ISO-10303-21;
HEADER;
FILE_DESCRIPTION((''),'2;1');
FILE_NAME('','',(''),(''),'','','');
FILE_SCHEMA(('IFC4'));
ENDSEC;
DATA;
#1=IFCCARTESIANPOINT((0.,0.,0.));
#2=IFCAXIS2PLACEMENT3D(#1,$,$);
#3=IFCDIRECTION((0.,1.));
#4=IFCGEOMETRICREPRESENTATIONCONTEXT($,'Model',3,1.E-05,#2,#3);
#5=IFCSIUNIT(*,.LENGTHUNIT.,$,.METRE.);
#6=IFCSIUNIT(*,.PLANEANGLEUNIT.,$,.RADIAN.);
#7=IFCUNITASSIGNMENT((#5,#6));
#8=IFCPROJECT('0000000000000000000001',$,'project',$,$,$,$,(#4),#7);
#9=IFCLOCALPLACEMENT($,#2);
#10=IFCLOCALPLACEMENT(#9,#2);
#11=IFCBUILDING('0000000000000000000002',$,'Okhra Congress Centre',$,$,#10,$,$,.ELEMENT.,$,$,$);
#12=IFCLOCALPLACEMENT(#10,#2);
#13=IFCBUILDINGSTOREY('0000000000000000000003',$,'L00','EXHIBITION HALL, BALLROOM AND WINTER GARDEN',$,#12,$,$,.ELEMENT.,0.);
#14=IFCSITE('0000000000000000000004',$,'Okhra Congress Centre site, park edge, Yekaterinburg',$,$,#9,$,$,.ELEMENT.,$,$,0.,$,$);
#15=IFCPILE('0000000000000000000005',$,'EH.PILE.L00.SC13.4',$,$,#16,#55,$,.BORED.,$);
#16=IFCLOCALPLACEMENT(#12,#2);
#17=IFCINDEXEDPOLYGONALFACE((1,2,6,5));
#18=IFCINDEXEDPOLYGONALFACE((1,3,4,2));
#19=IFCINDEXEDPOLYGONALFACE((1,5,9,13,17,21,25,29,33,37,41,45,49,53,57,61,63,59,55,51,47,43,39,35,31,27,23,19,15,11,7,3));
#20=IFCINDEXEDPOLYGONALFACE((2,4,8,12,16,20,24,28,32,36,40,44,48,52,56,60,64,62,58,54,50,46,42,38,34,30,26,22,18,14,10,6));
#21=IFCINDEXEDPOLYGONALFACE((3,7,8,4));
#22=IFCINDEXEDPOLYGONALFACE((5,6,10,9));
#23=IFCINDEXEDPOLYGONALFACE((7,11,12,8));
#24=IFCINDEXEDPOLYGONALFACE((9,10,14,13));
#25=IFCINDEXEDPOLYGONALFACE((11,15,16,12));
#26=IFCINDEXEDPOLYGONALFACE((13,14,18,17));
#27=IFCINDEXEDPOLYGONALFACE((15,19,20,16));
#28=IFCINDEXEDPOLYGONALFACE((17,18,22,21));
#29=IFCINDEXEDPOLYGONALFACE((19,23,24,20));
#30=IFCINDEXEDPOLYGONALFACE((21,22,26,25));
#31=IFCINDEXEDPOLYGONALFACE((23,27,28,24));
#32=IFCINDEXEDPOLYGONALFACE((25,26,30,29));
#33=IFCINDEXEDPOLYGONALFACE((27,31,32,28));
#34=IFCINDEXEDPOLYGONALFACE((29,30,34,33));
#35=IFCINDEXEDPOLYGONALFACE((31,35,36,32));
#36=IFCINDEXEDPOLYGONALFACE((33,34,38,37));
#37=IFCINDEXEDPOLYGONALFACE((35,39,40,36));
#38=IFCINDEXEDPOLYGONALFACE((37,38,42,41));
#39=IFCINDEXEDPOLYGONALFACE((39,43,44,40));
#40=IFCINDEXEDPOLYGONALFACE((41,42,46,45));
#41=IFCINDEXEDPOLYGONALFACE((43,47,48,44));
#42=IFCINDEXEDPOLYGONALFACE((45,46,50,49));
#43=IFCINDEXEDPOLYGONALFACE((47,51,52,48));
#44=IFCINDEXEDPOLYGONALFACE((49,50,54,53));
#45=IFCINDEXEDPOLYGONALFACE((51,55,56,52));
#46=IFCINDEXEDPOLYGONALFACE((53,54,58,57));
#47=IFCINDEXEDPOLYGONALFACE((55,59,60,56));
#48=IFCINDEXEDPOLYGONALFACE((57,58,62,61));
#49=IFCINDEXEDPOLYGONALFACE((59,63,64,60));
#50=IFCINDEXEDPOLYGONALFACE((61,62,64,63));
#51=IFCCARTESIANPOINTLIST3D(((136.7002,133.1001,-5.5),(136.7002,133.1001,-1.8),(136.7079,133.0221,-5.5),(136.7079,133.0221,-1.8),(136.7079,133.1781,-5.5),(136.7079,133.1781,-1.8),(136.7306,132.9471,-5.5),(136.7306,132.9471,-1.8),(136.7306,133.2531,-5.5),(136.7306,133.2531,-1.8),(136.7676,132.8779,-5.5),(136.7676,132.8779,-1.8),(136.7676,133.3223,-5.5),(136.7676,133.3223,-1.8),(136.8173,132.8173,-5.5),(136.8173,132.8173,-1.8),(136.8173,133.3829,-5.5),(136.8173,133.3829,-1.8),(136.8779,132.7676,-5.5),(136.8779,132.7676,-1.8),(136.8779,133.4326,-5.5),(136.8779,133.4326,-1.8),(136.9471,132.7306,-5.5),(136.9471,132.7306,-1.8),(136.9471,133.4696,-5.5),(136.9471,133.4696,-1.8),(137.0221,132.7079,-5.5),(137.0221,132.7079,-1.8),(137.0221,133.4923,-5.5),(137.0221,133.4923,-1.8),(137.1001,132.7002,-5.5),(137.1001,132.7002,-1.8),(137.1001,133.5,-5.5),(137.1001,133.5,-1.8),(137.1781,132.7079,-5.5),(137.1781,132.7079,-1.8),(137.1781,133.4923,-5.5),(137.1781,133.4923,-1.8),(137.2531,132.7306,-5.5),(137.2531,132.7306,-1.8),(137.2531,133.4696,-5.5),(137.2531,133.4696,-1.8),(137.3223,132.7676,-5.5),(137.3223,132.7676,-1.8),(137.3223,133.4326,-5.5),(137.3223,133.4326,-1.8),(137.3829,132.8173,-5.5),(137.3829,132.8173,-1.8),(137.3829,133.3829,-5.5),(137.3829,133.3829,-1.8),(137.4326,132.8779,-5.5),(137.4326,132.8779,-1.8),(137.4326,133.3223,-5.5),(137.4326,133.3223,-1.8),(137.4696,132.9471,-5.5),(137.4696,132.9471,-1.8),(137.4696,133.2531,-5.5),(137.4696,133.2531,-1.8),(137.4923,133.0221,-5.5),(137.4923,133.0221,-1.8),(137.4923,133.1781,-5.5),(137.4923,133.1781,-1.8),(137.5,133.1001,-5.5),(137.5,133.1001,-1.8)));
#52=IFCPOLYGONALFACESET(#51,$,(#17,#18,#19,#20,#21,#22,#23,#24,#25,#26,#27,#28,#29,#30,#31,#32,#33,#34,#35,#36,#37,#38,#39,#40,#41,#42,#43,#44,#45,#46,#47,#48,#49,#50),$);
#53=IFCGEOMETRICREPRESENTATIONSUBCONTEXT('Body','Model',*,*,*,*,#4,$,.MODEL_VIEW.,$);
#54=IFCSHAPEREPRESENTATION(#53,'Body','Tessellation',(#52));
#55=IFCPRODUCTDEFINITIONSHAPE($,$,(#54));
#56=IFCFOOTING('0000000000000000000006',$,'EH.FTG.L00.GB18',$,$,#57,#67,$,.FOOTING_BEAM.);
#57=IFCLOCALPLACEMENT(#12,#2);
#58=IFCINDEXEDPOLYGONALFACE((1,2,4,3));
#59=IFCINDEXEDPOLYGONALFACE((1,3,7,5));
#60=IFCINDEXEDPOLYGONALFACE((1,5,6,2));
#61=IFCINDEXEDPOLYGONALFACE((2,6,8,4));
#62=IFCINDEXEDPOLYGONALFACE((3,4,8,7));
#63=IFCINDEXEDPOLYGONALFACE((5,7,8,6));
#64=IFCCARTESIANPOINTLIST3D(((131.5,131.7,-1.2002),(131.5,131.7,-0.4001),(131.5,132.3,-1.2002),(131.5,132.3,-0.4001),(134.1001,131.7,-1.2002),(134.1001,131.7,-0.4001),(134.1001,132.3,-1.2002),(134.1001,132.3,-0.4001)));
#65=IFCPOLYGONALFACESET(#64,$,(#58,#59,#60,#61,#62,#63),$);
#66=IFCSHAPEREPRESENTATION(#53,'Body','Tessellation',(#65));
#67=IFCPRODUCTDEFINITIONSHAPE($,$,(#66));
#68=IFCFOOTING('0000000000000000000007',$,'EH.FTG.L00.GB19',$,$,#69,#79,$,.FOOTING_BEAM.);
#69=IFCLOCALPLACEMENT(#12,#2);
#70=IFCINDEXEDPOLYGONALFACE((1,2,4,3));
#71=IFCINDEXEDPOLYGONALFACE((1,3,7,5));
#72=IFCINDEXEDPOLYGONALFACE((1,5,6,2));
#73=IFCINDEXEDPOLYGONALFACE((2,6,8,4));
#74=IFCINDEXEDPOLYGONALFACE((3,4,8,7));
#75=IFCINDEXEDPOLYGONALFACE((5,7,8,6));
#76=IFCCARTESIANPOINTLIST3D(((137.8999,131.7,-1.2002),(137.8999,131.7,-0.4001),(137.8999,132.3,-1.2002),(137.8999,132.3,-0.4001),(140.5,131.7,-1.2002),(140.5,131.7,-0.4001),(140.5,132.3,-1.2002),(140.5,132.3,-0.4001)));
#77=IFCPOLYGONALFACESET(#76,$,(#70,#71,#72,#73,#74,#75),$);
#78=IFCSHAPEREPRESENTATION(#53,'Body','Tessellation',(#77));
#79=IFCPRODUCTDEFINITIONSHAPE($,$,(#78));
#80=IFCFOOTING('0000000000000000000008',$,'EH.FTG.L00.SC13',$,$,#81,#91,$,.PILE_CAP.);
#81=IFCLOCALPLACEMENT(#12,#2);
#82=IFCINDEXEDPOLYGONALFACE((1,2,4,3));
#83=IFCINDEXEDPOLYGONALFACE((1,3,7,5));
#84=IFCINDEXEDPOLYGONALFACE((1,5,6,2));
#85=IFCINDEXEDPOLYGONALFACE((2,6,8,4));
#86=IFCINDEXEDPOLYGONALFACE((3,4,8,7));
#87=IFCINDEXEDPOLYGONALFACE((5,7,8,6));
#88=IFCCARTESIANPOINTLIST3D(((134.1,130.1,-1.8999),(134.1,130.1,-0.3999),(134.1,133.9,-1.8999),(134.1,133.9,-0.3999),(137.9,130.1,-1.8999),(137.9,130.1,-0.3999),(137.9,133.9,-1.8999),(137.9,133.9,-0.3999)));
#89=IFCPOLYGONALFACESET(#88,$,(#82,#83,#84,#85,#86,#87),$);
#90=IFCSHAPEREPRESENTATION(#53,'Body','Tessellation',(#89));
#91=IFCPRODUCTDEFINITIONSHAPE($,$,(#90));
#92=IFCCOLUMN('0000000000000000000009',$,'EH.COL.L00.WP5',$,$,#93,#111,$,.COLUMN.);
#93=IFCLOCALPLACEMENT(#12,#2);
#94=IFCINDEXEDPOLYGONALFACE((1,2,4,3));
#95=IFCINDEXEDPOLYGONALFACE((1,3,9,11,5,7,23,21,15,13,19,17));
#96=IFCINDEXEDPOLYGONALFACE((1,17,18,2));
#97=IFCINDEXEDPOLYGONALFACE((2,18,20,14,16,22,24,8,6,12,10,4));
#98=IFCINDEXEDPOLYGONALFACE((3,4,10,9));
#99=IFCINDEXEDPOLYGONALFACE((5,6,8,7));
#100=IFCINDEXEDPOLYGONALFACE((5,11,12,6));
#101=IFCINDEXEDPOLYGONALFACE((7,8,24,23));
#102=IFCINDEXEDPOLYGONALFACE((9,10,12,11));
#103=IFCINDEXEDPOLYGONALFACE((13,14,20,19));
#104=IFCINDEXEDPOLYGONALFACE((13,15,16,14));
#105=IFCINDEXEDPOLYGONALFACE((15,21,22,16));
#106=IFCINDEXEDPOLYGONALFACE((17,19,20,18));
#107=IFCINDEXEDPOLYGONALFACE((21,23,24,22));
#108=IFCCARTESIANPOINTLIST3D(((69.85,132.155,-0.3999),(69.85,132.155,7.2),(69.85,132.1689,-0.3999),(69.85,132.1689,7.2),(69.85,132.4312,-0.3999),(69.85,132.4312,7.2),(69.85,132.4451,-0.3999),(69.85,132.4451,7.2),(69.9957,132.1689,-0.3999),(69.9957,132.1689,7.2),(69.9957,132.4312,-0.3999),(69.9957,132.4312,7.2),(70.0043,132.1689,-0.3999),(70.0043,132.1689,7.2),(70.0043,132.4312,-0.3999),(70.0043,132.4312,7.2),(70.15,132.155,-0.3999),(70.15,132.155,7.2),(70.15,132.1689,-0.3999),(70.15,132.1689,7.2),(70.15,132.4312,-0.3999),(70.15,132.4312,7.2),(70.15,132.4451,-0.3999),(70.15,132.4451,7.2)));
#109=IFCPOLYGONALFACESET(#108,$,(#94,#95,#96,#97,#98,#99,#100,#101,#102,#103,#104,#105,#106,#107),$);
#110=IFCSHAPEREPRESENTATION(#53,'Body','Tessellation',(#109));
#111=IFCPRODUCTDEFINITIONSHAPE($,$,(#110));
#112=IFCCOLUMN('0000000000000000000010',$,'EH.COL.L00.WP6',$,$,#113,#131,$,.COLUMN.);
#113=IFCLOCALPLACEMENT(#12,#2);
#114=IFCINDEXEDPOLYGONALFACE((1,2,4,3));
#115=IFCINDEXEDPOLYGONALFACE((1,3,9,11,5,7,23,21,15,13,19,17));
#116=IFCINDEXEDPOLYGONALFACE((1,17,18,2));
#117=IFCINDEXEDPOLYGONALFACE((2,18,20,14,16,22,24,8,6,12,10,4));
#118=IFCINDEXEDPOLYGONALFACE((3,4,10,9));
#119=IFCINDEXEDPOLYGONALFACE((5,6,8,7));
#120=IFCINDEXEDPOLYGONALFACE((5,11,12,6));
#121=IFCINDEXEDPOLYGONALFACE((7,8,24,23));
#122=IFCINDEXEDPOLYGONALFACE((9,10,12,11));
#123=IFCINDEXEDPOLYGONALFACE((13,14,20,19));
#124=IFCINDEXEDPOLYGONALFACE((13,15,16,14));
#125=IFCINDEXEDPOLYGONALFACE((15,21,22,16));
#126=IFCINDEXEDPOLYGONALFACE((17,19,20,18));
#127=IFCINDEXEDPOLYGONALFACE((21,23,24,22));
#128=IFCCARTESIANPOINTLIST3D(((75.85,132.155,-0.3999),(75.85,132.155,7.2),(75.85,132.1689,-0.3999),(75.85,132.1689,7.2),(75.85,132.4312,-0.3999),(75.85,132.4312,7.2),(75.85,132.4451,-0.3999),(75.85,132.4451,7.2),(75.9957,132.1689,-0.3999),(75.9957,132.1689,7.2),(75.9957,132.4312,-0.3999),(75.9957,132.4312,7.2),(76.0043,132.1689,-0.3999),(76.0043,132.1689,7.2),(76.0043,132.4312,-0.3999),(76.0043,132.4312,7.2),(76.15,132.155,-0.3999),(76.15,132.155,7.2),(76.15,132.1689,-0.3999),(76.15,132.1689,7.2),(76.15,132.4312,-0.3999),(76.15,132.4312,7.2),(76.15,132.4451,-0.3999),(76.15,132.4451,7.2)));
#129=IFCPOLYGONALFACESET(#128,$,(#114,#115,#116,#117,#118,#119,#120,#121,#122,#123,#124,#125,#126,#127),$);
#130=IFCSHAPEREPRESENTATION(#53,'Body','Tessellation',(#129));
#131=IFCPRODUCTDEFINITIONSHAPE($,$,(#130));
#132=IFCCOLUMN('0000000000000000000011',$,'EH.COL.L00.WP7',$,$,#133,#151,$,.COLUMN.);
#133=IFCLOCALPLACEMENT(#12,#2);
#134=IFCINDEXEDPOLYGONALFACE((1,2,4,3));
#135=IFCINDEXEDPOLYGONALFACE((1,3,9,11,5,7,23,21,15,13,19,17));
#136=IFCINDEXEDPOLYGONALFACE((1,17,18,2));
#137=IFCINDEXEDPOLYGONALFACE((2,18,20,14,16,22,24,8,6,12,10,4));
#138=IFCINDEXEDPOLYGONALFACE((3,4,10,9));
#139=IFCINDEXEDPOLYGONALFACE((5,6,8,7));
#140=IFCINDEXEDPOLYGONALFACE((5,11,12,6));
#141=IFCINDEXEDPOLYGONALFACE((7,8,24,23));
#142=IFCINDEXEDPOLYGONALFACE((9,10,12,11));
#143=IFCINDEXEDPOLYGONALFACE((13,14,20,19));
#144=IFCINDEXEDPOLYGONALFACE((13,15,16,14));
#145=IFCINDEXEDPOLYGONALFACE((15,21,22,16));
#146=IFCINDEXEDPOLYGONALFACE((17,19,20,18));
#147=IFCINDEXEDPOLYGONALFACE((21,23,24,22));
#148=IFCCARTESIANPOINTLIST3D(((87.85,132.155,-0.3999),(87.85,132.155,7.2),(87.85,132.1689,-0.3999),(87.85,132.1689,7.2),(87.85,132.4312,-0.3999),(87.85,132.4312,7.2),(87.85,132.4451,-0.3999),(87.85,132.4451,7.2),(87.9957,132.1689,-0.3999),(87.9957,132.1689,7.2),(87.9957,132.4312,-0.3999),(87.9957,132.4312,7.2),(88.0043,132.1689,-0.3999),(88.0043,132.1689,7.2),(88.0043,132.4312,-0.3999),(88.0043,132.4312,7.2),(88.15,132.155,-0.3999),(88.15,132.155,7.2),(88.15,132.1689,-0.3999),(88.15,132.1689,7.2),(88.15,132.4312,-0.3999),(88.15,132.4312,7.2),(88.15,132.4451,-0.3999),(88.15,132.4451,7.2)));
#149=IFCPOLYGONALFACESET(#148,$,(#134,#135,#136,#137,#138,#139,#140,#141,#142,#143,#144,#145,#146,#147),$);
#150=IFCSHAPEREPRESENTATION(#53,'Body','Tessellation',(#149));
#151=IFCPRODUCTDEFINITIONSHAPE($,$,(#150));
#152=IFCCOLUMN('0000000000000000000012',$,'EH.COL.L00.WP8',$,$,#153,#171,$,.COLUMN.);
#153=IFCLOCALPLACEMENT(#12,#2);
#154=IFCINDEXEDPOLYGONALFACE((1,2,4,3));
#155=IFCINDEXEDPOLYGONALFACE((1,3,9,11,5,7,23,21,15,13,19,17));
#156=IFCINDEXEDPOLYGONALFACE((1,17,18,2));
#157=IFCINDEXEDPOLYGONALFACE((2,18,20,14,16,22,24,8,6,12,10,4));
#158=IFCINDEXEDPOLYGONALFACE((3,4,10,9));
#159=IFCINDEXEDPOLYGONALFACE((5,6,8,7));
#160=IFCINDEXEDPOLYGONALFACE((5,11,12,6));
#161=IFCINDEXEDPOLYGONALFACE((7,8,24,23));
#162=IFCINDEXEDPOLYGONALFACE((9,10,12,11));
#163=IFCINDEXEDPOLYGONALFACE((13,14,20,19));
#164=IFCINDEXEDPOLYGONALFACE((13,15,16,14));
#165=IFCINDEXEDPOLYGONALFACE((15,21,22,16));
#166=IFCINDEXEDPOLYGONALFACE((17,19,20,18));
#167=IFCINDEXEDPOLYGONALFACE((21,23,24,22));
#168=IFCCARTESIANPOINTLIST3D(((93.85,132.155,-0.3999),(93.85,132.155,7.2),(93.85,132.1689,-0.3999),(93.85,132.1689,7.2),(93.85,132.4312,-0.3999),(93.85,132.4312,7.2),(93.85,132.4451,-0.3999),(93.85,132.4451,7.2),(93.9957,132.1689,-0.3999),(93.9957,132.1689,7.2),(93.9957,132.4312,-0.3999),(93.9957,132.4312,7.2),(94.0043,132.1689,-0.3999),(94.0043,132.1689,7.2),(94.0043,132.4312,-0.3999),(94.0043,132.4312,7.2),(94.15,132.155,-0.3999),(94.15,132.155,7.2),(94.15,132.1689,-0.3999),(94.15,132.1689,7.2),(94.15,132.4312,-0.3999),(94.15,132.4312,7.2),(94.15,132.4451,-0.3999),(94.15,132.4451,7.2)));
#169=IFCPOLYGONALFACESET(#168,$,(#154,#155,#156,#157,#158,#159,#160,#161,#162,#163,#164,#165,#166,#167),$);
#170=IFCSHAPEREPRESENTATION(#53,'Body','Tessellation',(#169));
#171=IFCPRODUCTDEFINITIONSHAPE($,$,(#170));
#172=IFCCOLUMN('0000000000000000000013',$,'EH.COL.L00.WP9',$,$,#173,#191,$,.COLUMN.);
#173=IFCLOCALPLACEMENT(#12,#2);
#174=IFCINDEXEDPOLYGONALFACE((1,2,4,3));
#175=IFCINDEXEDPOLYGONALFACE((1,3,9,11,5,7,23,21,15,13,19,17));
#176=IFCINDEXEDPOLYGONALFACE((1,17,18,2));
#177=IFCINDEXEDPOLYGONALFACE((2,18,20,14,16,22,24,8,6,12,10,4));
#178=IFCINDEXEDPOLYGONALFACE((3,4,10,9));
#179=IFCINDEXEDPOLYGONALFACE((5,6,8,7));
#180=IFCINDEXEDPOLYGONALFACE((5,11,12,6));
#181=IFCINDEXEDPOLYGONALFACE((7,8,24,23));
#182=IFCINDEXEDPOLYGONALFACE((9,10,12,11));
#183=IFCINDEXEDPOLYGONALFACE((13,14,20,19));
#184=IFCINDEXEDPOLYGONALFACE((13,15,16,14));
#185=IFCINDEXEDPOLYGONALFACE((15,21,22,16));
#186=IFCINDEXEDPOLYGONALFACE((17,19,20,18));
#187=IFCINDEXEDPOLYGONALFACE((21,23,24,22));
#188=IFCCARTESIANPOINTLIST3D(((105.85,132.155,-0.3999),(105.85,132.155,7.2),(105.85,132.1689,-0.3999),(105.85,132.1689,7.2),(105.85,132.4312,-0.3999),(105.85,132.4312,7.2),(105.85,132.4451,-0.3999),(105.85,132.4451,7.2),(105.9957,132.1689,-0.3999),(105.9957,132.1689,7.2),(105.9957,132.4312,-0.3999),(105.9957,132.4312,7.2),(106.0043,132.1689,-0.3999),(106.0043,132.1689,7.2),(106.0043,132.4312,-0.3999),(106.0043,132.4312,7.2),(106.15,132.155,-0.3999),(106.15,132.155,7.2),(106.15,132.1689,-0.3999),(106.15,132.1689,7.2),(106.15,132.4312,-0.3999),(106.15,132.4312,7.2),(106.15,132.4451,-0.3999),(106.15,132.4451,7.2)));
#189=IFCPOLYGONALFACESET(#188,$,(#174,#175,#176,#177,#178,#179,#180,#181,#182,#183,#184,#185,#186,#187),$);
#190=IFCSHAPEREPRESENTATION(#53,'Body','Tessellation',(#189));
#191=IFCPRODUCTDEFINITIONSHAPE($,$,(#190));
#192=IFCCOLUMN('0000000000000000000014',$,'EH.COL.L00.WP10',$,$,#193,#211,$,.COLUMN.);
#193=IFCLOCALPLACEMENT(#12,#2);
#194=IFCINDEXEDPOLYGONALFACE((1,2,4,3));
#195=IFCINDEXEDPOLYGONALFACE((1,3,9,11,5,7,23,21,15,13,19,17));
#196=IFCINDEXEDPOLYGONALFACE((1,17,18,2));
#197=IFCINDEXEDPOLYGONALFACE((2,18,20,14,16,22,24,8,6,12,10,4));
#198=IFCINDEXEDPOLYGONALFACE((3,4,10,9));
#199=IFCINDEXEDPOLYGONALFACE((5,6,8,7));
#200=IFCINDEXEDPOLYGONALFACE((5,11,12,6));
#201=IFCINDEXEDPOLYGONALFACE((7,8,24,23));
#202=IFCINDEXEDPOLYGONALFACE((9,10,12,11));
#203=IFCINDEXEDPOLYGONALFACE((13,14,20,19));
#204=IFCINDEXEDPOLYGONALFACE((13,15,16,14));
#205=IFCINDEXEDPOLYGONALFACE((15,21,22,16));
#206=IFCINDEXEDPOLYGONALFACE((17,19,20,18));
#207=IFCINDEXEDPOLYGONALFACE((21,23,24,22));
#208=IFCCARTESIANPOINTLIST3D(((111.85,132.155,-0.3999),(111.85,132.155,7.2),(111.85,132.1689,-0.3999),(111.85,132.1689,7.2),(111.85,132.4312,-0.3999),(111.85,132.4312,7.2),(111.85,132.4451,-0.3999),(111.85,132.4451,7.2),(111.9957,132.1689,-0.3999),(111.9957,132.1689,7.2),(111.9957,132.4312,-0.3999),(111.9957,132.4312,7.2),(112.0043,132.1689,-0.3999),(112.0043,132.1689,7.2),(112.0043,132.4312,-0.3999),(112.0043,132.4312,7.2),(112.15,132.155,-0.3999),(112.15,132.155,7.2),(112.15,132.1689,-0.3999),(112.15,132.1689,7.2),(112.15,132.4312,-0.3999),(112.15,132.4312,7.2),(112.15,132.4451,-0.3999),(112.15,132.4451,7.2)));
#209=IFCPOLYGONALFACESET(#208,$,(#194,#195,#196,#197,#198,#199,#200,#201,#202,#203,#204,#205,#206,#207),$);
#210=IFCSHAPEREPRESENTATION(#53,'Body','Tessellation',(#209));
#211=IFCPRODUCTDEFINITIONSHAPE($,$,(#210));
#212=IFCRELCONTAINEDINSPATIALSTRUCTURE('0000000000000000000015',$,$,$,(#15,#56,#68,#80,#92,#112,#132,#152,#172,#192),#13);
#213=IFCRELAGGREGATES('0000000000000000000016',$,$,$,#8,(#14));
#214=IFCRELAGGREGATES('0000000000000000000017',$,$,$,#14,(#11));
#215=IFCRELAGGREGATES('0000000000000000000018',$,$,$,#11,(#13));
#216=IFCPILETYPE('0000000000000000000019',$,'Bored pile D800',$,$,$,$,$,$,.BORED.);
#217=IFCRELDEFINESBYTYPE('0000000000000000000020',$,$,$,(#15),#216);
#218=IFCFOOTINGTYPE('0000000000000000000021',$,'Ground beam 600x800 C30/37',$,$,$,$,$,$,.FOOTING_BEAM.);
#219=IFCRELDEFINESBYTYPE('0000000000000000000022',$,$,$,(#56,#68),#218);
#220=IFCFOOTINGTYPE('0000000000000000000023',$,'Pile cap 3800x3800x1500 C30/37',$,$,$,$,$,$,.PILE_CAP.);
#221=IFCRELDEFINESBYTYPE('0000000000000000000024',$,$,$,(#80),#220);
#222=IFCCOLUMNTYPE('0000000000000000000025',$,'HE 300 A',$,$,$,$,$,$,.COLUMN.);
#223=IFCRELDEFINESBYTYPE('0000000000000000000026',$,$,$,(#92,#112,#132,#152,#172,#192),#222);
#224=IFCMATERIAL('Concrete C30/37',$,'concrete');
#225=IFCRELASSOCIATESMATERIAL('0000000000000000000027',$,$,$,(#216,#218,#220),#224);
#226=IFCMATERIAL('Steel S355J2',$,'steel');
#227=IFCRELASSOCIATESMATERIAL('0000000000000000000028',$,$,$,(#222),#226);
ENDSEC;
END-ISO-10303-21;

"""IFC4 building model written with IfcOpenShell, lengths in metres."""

from ifc_helpers import new_model, si_unit, direction, frame, origin, origin_2d, place, context, subcontext, project, spatial, rectangle, circle, i_section, extrude, material, material_profile, profile_set, type_object, element, save


model = new_model("IFC4")

# Units and contexts
model_context = context("Model", 3, precision=1e-05, world=origin(), true_north=direction((0.0, 1.0)))
body_context = subcontext(model_context, "Body", "Model", "MODEL_VIEW")
ifc_project = project(units=[si_unit("LENGTHUNIT", "METRE"), si_unit("PLANEANGLEUNIT", "RADIAN")], contexts=[model_context])

# Site, building, storey
site_placement = place(None, origin())
site = spatial("IfcSite", under=ifc_project, at=site_placement, Name="Okhra Congress Centre site, park edge, Yekaterinburg", CompositionType="ELEMENT", RefElevation=0.0)
building_placement = place(site_placement, origin())
building = spatial("IfcBuilding", under=site, at=building_placement, Name="Okhra Congress Centre", CompositionType="ELEMENT")
storey_placement = place(building_placement, origin())
storey = spatial("IfcBuildingStorey", under=building, at=storey_placement, Name="L00", Description="EXHIBITION HALL, BALLROOM AND WINTER GARDEN", CompositionType="ELEMENT", Elevation=0.0)

# Pile
ifc_material_1 = material(Name="Concrete C30/37", Category="concrete")
ifc_material_profile_1 = material_profile(ifc_material_1, circle(Radius=0.3999, at=origin_2d()), Name="D800")
ifc_profile_set_1 = profile_set([ifc_material_profile_1], Name="Concrete C30/37")
pile_type_1 = type_object("IfcPileType", Name="Bored pile D800", PredefinedType="BORED", material=ifc_profile_set_1)
for number, where, z_axis, x_axis, name in (
    (1, (137.1001, 133.1001, -1.8), (0.0, 0.0, -1.0), (1.0, 0.0, 0.0), "EH.PILE.L00.SC13.4"),
):
    element("IfcPile", number, at=place(storey_placement, frame(where, z_axis=z_axis, x_axis=x_axis)), inside=storey, type_object=pile_type_1, Name=name, PredefinedType="BORED", context=body_context, shape_type="SweptSolid", body=[
        extrude(circle(Radius=0.3999, at=origin_2d()), origin(), (0.0, 0.0, 1.0), 3.7),
    ])

# Footings
footing_type_1 = type_object("IfcFootingType", Name="Ground beam 600x800 C30/37", PredefinedType="FOOTING_BEAM", material=ifc_material_1)
for number, where, z_axis, x_axis, name in (
    (2, (132.8, 132.0, -1.2002), (0.0, 0.0, 1.0), (1.0, 0.0, 0.0), "EH.FTG.L00.GB18"),
    (3, (139.2, 132.0, -1.2002), (0.0, 0.0, 1.0), (1.0, 0.0, 0.0), "EH.FTG.L00.GB19"),
):
    element("IfcFooting", number, at=place(storey_placement, frame(where, z_axis=z_axis, x_axis=x_axis)), inside=storey, type_object=footing_type_1, Name=name, PredefinedType="FOOTING_BEAM", context=body_context, shape_type="SweptSolid", body=[
        extrude(rectangle(XDim=2.6001, YDim=0.6001, at=origin_2d()), origin(), (0.0, 0.0, 1.0), 0.8),
    ])
footing_type_2 = type_object("IfcFootingType", Name="Pile cap 3800x3800x1500 C30/37", PredefinedType="PILE_CAP", material=ifc_material_1)
footing_placement = place(storey_placement, frame((136.0, 132.0, -1.8999), z_axis=(0.0, 0.0, 1.0), x_axis=(1.0, 0.0, 0.0)))
element("IfcFooting", 4, at=footing_placement, inside=storey, type_object=footing_type_2, Name="EH.FTG.L00.SC13", PredefinedType="PILE_CAP", context=body_context, shape_type="SweptSolid", body=[
    extrude(rectangle(XDim=3.8, YDim=3.8, at=origin_2d()), origin(), (0.0, 0.0, 1.0), 1.5),
])

# Columns
ifc_material_2 = material(Name="Steel S355J2", Category="steel")
ifc_material_profile_2 = material_profile(ifc_material_2, i_section(OverallWidth=0.3, OverallDepth=0.29, WebThickness=0.0085, FlangeThickness=0.0139, at=origin_2d()), Name="HE 300 A")
ifc_profile_set_2 = profile_set([ifc_material_profile_2], Name="Steel S355J2")
column_type_1 = type_object("IfcColumnType", Name="HE 300 A", PredefinedType="COLUMN", material=ifc_profile_set_2)
for number, where, z_axis, x_axis, name in (
    (5, (70.0, 132.3, -0.3999), (0.0, 0.0, 1.0), (1.0, 0.0, 0.0), "EH.COL.L00.WP5"),
    (6, (76.0, 132.3, -0.3999), (0.0, 0.0, 1.0), (1.0, 0.0, 0.0), "EH.COL.L00.WP6"),
    (7, (88.0, 132.3, -0.3999), (0.0, 0.0, 1.0), (1.0, 0.0, 0.0), "EH.COL.L00.WP7"),
    (8, (94.0, 132.3, -0.3999), (0.0, 0.0, 1.0), (1.0, 0.0, 0.0), "EH.COL.L00.WP8"),
    (9, (106.0, 132.3, -0.3999), (0.0, 0.0, 1.0), (1.0, 0.0, 0.0), "EH.COL.L00.WP9"),
    (10, (112.0, 132.3, -0.3999), (0.0, 0.0, 1.0), (1.0, 0.0, 0.0), "EH.COL.L00.WP10"),
):
    element("IfcColumn", number, at=place(storey_placement, frame(where, z_axis=z_axis, x_axis=x_axis)), inside=storey, type_object=column_type_1, Name=name, PredefinedType="COLUMN", context=body_context, shape_type="SweptSolid", body=[
        extrude(i_section(OverallWidth=0.3, OverallDepth=0.29, WebThickness=0.0085, FlangeThickness=0.0139, at=origin_2d()), origin(), (0.0, 0.0, 1.0), 7.5999),
    ])

save(model, "model.ifc")
